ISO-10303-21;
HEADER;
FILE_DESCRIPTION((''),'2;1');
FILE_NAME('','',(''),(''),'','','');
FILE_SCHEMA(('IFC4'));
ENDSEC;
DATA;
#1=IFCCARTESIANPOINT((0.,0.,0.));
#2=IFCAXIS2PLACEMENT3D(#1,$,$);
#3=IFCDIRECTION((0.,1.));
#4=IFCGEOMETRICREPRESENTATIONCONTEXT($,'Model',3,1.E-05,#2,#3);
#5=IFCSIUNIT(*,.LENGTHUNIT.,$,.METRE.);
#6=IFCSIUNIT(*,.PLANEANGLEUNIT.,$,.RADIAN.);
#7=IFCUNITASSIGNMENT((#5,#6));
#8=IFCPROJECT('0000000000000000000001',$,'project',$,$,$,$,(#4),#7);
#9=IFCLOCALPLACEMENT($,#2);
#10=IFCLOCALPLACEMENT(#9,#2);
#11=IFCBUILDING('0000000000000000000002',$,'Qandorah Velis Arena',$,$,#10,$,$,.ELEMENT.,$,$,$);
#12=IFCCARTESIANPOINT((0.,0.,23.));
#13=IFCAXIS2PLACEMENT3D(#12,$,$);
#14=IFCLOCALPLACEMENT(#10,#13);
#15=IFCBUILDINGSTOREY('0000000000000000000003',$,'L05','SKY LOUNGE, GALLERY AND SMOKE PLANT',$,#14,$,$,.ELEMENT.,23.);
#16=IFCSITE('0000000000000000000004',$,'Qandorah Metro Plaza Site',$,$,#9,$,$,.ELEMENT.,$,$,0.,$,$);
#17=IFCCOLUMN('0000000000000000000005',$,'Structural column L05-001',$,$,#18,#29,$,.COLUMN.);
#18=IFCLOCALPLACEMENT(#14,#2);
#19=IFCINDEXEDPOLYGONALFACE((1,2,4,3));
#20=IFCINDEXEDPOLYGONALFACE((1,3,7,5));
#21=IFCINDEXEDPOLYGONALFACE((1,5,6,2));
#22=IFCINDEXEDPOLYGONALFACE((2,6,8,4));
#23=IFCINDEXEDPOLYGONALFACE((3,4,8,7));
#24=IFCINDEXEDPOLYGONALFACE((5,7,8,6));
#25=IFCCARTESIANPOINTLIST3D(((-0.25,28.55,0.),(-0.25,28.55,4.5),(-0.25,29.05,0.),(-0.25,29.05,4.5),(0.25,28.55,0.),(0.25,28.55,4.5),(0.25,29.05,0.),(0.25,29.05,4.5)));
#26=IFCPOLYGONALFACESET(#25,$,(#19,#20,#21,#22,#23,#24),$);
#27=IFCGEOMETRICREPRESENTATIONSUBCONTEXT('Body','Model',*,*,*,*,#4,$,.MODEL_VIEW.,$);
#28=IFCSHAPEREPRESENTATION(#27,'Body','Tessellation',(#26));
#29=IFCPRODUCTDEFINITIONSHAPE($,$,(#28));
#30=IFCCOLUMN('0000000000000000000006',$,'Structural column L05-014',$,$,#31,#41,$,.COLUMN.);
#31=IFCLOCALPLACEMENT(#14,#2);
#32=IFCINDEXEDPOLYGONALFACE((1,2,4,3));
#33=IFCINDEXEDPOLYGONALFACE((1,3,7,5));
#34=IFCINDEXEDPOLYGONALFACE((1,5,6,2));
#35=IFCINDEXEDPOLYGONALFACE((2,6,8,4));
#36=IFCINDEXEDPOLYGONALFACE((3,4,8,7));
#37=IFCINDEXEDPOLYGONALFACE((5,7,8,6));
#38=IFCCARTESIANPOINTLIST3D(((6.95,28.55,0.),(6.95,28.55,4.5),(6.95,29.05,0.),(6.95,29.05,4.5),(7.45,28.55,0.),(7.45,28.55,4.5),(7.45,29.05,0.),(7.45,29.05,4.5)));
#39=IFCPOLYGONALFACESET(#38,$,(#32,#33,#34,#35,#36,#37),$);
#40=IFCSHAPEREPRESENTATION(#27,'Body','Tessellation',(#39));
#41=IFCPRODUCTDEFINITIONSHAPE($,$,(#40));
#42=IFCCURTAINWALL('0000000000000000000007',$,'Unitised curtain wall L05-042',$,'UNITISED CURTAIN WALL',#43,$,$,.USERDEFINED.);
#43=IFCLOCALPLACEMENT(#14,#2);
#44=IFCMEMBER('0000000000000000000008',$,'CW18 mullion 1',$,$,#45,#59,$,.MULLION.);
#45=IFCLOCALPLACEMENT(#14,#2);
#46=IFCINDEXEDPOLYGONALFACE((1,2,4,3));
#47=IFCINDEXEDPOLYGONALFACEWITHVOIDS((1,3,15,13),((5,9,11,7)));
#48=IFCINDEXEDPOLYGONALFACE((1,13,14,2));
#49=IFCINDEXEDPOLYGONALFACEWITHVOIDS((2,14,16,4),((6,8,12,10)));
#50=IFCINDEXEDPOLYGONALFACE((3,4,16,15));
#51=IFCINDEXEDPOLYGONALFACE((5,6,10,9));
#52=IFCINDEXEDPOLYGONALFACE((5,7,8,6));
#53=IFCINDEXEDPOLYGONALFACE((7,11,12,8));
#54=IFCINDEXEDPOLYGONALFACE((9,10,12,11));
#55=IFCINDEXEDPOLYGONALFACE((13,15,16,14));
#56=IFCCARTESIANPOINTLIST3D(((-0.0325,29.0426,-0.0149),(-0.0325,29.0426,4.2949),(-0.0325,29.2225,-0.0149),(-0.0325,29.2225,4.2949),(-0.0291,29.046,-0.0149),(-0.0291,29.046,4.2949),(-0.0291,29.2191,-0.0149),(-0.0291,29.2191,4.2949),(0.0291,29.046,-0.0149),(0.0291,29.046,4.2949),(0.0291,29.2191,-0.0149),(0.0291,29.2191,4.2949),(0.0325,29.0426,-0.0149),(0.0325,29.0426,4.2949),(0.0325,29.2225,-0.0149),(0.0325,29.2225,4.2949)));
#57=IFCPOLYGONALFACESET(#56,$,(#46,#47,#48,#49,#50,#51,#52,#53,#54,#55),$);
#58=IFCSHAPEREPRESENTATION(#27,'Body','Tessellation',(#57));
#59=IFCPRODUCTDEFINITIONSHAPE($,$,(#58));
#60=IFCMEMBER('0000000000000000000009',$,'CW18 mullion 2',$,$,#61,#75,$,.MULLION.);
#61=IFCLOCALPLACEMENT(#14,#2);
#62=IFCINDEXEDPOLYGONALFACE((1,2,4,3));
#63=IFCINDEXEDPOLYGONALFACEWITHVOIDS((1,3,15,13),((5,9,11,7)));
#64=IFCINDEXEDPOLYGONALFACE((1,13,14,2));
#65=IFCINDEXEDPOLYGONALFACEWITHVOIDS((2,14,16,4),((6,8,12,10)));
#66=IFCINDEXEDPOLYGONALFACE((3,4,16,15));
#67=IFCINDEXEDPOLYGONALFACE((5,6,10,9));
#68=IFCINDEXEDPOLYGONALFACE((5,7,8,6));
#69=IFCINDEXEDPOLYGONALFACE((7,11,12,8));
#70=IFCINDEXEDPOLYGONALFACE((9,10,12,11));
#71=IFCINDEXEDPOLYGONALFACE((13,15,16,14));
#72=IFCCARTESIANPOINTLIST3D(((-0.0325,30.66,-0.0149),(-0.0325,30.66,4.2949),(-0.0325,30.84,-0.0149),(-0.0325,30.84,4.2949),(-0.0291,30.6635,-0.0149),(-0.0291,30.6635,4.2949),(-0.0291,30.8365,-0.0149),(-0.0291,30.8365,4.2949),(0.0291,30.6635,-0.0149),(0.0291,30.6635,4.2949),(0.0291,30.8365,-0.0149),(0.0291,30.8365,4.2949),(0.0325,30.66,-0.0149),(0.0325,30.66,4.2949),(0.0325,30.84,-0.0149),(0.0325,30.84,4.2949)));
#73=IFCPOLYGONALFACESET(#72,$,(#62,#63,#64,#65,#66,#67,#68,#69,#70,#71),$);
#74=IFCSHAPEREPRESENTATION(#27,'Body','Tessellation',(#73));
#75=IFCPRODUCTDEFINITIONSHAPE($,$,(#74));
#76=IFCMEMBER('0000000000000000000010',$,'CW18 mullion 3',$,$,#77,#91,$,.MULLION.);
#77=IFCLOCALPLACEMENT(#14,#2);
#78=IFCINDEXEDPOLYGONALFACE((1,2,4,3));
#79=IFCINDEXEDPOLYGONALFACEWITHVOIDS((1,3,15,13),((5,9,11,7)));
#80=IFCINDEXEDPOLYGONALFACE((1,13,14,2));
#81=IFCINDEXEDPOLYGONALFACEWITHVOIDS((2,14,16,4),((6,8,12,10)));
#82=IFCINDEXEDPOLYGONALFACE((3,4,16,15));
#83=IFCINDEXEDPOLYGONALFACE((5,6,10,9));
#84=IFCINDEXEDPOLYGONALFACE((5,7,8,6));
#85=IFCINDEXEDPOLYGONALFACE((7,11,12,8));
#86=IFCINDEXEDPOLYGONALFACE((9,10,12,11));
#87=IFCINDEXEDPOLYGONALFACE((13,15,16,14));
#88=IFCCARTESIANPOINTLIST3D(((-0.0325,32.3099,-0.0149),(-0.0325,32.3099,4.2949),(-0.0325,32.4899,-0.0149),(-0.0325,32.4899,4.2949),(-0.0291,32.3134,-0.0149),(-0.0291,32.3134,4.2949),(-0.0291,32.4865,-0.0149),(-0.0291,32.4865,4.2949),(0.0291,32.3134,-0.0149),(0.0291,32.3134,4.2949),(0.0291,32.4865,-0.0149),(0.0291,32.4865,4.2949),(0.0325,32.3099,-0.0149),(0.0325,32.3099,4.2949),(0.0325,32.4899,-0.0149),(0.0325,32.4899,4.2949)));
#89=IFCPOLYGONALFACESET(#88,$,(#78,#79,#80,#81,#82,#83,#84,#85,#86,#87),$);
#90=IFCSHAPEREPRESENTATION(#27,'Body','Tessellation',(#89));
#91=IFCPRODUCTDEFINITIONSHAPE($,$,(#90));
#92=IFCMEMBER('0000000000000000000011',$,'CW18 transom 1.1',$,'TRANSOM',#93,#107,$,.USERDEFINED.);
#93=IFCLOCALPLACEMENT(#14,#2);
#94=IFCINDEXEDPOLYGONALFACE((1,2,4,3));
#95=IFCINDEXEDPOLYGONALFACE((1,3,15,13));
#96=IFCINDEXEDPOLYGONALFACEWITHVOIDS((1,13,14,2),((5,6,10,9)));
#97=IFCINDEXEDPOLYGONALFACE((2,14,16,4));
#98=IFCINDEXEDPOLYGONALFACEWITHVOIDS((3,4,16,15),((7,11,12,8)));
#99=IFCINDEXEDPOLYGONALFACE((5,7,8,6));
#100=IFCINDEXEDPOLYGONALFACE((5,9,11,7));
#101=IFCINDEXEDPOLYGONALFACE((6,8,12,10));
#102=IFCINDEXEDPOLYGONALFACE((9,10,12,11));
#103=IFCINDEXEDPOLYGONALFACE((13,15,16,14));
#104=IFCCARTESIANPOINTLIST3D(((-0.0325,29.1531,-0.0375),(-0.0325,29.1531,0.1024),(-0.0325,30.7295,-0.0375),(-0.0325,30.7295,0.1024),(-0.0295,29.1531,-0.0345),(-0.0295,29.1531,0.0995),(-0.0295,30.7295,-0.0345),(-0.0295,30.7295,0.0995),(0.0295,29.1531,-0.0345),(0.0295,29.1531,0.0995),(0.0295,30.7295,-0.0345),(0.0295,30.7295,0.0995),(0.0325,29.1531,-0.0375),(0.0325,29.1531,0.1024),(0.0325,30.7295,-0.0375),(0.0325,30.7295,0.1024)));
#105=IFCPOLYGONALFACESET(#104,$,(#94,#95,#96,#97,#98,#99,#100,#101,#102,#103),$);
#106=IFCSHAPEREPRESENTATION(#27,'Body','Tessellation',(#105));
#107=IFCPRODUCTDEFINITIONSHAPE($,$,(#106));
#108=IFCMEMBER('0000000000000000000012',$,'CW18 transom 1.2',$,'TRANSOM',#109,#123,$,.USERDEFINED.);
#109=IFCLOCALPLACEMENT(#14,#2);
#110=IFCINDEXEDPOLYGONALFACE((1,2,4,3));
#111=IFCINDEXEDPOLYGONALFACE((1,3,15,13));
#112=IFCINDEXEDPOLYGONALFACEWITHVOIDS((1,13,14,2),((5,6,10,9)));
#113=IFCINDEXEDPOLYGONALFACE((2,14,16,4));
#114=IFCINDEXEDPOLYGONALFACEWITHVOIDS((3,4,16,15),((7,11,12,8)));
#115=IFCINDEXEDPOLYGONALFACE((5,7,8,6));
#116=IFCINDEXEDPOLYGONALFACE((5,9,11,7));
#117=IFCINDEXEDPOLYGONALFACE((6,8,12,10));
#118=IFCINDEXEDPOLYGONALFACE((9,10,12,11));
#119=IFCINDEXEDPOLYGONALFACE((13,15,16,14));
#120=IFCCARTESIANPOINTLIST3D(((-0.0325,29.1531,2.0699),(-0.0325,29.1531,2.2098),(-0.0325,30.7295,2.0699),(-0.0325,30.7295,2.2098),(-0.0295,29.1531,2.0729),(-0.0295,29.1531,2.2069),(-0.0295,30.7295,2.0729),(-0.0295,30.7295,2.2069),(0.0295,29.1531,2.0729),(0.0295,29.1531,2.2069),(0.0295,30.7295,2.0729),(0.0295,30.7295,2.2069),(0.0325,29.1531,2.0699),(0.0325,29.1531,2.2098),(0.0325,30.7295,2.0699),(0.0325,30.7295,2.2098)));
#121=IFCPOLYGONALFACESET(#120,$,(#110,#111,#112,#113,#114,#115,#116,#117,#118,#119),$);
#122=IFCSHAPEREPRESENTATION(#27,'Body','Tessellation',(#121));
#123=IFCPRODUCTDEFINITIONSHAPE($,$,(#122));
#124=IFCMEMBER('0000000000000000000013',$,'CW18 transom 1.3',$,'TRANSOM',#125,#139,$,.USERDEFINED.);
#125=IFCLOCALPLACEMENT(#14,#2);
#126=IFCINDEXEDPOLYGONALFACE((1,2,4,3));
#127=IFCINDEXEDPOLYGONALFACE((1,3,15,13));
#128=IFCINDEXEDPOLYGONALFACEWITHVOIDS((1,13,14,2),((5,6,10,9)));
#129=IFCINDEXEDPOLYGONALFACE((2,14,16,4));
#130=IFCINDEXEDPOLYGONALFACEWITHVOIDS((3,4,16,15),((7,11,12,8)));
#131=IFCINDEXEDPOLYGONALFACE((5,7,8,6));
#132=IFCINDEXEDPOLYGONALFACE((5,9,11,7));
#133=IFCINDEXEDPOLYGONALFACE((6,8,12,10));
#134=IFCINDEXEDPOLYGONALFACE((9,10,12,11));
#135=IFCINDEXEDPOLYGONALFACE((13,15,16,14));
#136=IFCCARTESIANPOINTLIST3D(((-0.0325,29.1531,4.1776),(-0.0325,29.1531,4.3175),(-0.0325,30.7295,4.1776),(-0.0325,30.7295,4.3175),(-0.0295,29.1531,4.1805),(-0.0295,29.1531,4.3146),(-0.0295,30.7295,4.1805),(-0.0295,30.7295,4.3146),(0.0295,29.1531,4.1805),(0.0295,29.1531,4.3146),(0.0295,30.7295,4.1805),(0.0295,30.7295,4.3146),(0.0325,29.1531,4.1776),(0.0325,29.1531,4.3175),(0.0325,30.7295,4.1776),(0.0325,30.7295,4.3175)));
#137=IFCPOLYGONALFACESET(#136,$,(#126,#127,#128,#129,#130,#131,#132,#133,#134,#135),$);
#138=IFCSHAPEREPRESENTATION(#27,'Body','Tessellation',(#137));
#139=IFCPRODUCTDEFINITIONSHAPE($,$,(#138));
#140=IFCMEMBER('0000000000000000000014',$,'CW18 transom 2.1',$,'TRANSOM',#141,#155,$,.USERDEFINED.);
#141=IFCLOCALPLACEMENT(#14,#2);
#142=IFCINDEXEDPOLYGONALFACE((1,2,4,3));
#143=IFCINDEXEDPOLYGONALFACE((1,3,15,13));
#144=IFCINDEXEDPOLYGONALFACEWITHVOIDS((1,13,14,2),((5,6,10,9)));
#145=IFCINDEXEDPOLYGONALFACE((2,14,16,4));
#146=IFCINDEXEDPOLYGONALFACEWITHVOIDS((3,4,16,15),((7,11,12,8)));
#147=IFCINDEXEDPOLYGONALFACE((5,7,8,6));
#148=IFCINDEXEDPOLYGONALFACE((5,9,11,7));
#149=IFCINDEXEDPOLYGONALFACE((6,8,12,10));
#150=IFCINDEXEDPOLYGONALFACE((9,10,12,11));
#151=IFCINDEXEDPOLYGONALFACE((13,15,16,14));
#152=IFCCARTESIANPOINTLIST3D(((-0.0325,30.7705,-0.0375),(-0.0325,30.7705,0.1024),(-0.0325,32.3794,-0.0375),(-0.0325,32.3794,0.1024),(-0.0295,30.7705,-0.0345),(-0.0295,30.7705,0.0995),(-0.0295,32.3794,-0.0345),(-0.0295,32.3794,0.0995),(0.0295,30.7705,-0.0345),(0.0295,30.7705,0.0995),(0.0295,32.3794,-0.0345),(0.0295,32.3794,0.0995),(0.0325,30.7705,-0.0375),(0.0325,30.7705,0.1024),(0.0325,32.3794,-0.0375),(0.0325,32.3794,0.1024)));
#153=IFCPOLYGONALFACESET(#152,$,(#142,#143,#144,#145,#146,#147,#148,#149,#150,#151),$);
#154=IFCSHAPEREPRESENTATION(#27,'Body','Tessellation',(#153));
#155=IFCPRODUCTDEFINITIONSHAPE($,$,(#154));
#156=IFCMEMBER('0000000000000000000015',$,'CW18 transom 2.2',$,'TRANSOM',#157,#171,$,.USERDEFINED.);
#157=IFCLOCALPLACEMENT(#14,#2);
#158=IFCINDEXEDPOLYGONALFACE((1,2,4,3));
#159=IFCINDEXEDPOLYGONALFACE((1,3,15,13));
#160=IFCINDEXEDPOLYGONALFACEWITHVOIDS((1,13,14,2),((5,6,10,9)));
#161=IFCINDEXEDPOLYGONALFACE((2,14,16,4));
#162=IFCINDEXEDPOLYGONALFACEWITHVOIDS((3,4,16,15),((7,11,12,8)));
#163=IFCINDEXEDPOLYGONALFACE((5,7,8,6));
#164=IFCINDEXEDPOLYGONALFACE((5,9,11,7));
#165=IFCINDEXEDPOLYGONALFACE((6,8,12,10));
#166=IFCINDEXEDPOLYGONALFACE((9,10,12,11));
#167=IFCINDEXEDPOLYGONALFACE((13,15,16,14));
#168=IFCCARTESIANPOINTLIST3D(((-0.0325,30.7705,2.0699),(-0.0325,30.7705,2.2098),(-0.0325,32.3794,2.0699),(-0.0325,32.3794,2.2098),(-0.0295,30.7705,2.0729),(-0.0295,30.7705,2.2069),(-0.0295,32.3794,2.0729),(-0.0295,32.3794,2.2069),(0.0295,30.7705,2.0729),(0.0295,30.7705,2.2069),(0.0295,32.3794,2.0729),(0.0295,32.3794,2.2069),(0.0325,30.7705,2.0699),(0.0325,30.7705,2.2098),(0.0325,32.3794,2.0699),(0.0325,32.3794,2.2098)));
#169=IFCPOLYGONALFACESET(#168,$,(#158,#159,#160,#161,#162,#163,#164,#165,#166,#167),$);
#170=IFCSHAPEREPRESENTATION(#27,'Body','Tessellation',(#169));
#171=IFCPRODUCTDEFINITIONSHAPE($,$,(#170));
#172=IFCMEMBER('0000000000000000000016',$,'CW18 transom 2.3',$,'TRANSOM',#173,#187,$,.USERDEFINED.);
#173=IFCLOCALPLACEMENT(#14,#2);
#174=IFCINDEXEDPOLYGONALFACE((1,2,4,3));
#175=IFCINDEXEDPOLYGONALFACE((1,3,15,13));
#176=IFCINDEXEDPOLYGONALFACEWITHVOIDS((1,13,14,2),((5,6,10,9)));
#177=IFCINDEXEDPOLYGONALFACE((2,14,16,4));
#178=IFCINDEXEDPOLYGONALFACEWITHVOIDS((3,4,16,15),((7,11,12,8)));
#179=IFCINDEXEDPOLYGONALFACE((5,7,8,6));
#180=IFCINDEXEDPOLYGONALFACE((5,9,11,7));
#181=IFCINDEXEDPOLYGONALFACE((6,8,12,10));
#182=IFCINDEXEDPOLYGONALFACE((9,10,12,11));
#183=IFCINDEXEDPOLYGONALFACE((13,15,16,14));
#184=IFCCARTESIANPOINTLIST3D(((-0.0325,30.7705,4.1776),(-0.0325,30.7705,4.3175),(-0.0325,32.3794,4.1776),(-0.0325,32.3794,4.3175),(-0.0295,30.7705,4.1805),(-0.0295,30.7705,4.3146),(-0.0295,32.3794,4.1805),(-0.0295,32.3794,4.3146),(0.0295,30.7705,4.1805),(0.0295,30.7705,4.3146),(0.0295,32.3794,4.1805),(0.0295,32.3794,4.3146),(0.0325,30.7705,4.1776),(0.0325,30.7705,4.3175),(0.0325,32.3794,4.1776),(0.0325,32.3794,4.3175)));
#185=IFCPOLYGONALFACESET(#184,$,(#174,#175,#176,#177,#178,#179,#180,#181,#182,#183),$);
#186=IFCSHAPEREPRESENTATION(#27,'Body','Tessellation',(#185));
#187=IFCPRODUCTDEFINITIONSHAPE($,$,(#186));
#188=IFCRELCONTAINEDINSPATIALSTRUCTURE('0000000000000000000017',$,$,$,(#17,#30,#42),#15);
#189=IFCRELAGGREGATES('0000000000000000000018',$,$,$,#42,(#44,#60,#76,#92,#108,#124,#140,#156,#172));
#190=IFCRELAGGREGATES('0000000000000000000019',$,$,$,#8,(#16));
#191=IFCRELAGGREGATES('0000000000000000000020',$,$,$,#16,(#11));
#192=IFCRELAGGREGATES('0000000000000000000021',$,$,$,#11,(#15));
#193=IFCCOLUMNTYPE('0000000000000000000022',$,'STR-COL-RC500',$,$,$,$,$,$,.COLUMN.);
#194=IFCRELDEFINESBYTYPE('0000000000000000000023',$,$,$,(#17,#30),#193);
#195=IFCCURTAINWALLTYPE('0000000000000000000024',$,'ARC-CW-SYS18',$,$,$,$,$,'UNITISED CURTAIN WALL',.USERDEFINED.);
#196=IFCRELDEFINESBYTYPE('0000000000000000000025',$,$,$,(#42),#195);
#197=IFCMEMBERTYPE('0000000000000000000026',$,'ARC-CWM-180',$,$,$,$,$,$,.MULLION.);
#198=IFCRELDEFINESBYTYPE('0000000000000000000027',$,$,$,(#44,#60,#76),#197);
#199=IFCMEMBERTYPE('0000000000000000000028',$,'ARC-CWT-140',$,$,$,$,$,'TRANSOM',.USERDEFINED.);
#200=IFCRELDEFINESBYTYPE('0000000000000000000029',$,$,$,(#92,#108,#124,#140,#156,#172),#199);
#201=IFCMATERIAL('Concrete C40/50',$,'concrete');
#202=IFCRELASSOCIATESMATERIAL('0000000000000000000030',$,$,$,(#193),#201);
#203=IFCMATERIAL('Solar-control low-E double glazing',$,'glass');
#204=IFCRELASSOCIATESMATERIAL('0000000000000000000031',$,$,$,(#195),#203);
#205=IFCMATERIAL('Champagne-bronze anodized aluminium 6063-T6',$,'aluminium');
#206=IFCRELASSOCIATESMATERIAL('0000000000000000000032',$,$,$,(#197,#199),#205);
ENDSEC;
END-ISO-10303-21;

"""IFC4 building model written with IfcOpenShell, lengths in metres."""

from ifc_helpers import new_model, si_unit, direction, frame, origin, origin_2d, place, context, subcontext, project, spatial, rectangle, hollow_rectangle, extrude, material, material_profile, profile_set, type_object, element, aggregate, save


model = new_model("IFC4")

# Units and contexts
model_context = context("Model", 3, precision=1e-05, world=origin(), true_north=direction((0.0, 1.0)))
body_context = subcontext(model_context, "Body", "Model", "MODEL_VIEW")
ifc_project = project(units=[si_unit("LENGTHUNIT", "METRE"), si_unit("PLANEANGLEUNIT", "RADIAN")], contexts=[model_context])

# Site, building, storey
site_placement = place(None, origin())
site = spatial("IfcSite", under=ifc_project, at=site_placement, Name="Qandorah Metro Plaza Site", CompositionType="ELEMENT", RefElevation=0.0)
building_placement = place(site_placement, origin())
building = spatial("IfcBuilding", under=site, at=building_placement, Name="Qandorah Velis Arena", CompositionType="ELEMENT")
storey_placement = place(building_placement, frame((0.0, 0.0, 23.0)))
storey = spatial("IfcBuildingStorey", under=building, at=storey_placement, Name="L05", Description="SKY LOUNGE, GALLERY AND SMOKE PLANT", CompositionType="ELEMENT", Elevation=23.0)

# Columns
ifc_material_1 = material(Name="Concrete C40/50", Category="concrete")
ifc_material_profile_1 = material_profile(ifc_material_1, rectangle(XDim=0.5, YDim=0.5, at=origin_2d()), Name="RC COL 500x500")
ifc_profile_set_1 = profile_set([ifc_material_profile_1], Name="Concrete C40/50")
column_type = type_object("IfcColumnType", Name="STR-COL-RC500", PredefinedType="COLUMN", material=ifc_profile_set_1)
for number, where, z_axis, x_axis, name in (
    (1, (0.0, 28.8, 0.0), (0.0, 0.0, 1.0), (1.0, 0.0, 0.0), "Structural column L05-001"),
    (2, (7.2, 28.8, 0.0), (0.0, 0.0, 1.0), (1.0, 0.0, 0.0), "Structural column L05-014"),
):
    element("IfcColumn", number, at=place(storey_placement, frame(where, z_axis=z_axis, x_axis=x_axis)), inside=storey, type_object=column_type, Name=name, PredefinedType="COLUMN", context=body_context, shape_type="SweptSolid", body=[
        extrude(rectangle(XDim=0.5, YDim=0.5, at=origin_2d()), origin(), (0.0, 0.0, 1.0), 4.5),
    ])

# Curtain wall, members
ifc_material_2 = material(Name="Solar-control low-E double glazing", Category="glass")
curtain_wall_type = type_object("IfcCurtainWallType", Name="ARC-CW-SYS18", ElementType="UNITISED CURTAIN WALL", PredefinedType="USERDEFINED", material=ifc_material_2)
curtain_wall_placement = place(storey_placement, origin())
curtain_wall = element("IfcCurtainWall", 3, at=curtain_wall_placement, inside=storey, type_object=curtain_wall_type, Name="Unitised curtain wall L05-042", ObjectType="UNITISED CURTAIN WALL", PredefinedType="USERDEFINED")
ifc_material_3 = material(Name="Champagne-bronze anodized aluminium 6063-T6", Category="aluminium")
ifc_material_profile_2 = material_profile(ifc_material_3, hollow_rectangle(XDim=0.0649, YDim=0.1799, WallThickness=0.0034, at=origin_2d()), Name="ALU MULLION 65x180")
ifc_profile_set_2 = profile_set([ifc_material_profile_2], Name="Champagne-bronze anodized aluminium 6063-T6")
member_type_1 = type_object("IfcMemberType", Name="ARC-CWM-180", PredefinedType="MULLION", material=ifc_profile_set_2)
member_1_placement = place(storey_placement, frame((0.0, 29.1326, -0.0149), z_axis=(0.0, 0.0, 1.0), x_axis=(-1.0, 0.0, 0.0)))
member_1 = element("IfcMember", 4, at=member_1_placement, type_object=member_type_1, Name="CW18 mullion 1", PredefinedType="MULLION", context=body_context, shape_type="SweptSolid", body=[
    extrude(hollow_rectangle(XDim=0.0649, YDim=0.1799, WallThickness=0.0034, at=origin_2d()), origin(), (0.0, 0.0, 1.0), 4.3098),
])
member_2_placement = place(storey_placement, frame((0.0, 30.75, -0.0149), z_axis=(0.0, 0.0, 1.0), x_axis=(-1.0, 0.0, 0.0)))
member_2 = element("IfcMember", 5, at=member_2_placement, type_object=member_type_1, Name="CW18 mullion 2", PredefinedType="MULLION", context=body_context, shape_type="SweptSolid", body=[
    extrude(hollow_rectangle(XDim=0.0649, YDim=0.1799, WallThickness=0.0034, at=origin_2d()), origin(), (0.0, 0.0, 1.0), 4.3098),
])
member_3_placement = place(storey_placement, frame((0.0, 32.3999, -0.0149), z_axis=(0.0, 0.0, 1.0), x_axis=(-1.0, 0.0, 0.0)))
member_3 = element("IfcMember", 6, at=member_3_placement, type_object=member_type_1, Name="CW18 mullion 3", PredefinedType="MULLION", context=body_context, shape_type="SweptSolid", body=[
    extrude(hollow_rectangle(XDim=0.0649, YDim=0.1799, WallThickness=0.0034, at=origin_2d()), origin(), (0.0, 0.0, 1.0), 4.3098),
])
ifc_material_profile_3 = material_profile(ifc_material_3, hollow_rectangle(XDim=0.0649, YDim=0.1399, WallThickness=0.0029, at=origin_2d()), Name="ALU TRANSOM 65x140")
ifc_profile_set_3 = profile_set([ifc_material_profile_3], Name="Champagne-bronze anodized aluminium 6063-T6")
member_type_2 = type_object("IfcMemberType", Name="ARC-CWT-140", ElementType="TRANSOM", PredefinedType="USERDEFINED", material=ifc_profile_set_3)
member_4_placement = place(storey_placement, frame((0.0, 29.1531, 0.0325), z_axis=(0.0, 1.0, 0.0), x_axis=(-1.0, 0.0, 0.0)))
member_4 = element("IfcMember", 7, at=member_4_placement, type_object=member_type_2, Name="CW18 transom 1.1", ObjectType="TRANSOM", PredefinedType="USERDEFINED", context=body_context, shape_type="SweptSolid", body=[
    extrude(hollow_rectangle(XDim=0.0649, YDim=0.1399, WallThickness=0.0029, at=origin_2d()), origin(), (0.0, 0.0, 1.0), 1.5764),
])
member_5_placement = place(storey_placement, frame((0.0, 29.1531, 2.1399), z_axis=(0.0, 1.0, 0.0), x_axis=(-1.0, 0.0, 0.0)))
member_5 = element("IfcMember", 8, at=member_5_placement, type_object=member_type_2, Name="CW18 transom 1.2", ObjectType="TRANSOM", PredefinedType="USERDEFINED", context=body_context, shape_type="SweptSolid", body=[
    extrude(hollow_rectangle(XDim=0.0649, YDim=0.1399, WallThickness=0.0029, at=origin_2d()), origin(), (0.0, 0.0, 1.0), 1.5764),
])
member_6_placement = place(storey_placement, frame((0.0, 29.1531, 4.2476), z_axis=(0.0, 1.0, 0.0), x_axis=(-1.0, 0.0, 0.0)))
member_6 = element("IfcMember", 9, at=member_6_placement, type_object=member_type_2, Name="CW18 transom 1.3", ObjectType="TRANSOM", PredefinedType="USERDEFINED", context=body_context, shape_type="SweptSolid", body=[
    extrude(hollow_rectangle(XDim=0.0649, YDim=0.1399, WallThickness=0.0029, at=origin_2d()), origin(), (0.0, 0.0, 1.0), 1.5764),
])
member_7_placement = place(storey_placement, frame((0.0, 30.7705, 0.0325), z_axis=(0.0, 1.0, 0.0), x_axis=(-1.0, 0.0, 0.0)))
member_7 = element("IfcMember", 10, at=member_7_placement, type_object=member_type_2, Name="CW18 transom 2.1", ObjectType="TRANSOM", PredefinedType="USERDEFINED", context=body_context, shape_type="SweptSolid", body=[
    extrude(hollow_rectangle(XDim=0.0649, YDim=0.1399, WallThickness=0.0029, at=origin_2d()), origin(), (0.0, 0.0, 1.0), 1.6089),
])
member_8_placement = place(storey_placement, frame((0.0, 30.7705, 2.1399), z_axis=(0.0, 1.0, 0.0), x_axis=(-1.0, 0.0, 0.0)))
member_8 = element("IfcMember", 11, at=member_8_placement, type_object=member_type_2, Name="CW18 transom 2.2", ObjectType="TRANSOM", PredefinedType="USERDEFINED", context=body_context, shape_type="SweptSolid", body=[
    extrude(hollow_rectangle(XDim=0.0649, YDim=0.1399, WallThickness=0.0029, at=origin_2d()), origin(), (0.0, 0.0, 1.0), 1.6089),
])
member_9_placement = place(storey_placement, frame((0.0, 30.7705, 4.2476), z_axis=(0.0, 1.0, 0.0), x_axis=(-1.0, 0.0, 0.0)))
member_9 = element("IfcMember", 12, at=member_9_placement, type_object=member_type_2, Name="CW18 transom 2.3", ObjectType="TRANSOM", PredefinedType="USERDEFINED", context=body_context, shape_type="SweptSolid", body=[
    extrude(hollow_rectangle(XDim=0.0649, YDim=0.1399, WallThickness=0.0029, at=origin_2d()), origin(), (0.0, 0.0, 1.0), 1.6089),
])

aggregate(curtain_wall, [member_1, member_2, member_3, member_4, member_5, member_6, member_7, member_8, member_9])

save(model, "model.ifc")
